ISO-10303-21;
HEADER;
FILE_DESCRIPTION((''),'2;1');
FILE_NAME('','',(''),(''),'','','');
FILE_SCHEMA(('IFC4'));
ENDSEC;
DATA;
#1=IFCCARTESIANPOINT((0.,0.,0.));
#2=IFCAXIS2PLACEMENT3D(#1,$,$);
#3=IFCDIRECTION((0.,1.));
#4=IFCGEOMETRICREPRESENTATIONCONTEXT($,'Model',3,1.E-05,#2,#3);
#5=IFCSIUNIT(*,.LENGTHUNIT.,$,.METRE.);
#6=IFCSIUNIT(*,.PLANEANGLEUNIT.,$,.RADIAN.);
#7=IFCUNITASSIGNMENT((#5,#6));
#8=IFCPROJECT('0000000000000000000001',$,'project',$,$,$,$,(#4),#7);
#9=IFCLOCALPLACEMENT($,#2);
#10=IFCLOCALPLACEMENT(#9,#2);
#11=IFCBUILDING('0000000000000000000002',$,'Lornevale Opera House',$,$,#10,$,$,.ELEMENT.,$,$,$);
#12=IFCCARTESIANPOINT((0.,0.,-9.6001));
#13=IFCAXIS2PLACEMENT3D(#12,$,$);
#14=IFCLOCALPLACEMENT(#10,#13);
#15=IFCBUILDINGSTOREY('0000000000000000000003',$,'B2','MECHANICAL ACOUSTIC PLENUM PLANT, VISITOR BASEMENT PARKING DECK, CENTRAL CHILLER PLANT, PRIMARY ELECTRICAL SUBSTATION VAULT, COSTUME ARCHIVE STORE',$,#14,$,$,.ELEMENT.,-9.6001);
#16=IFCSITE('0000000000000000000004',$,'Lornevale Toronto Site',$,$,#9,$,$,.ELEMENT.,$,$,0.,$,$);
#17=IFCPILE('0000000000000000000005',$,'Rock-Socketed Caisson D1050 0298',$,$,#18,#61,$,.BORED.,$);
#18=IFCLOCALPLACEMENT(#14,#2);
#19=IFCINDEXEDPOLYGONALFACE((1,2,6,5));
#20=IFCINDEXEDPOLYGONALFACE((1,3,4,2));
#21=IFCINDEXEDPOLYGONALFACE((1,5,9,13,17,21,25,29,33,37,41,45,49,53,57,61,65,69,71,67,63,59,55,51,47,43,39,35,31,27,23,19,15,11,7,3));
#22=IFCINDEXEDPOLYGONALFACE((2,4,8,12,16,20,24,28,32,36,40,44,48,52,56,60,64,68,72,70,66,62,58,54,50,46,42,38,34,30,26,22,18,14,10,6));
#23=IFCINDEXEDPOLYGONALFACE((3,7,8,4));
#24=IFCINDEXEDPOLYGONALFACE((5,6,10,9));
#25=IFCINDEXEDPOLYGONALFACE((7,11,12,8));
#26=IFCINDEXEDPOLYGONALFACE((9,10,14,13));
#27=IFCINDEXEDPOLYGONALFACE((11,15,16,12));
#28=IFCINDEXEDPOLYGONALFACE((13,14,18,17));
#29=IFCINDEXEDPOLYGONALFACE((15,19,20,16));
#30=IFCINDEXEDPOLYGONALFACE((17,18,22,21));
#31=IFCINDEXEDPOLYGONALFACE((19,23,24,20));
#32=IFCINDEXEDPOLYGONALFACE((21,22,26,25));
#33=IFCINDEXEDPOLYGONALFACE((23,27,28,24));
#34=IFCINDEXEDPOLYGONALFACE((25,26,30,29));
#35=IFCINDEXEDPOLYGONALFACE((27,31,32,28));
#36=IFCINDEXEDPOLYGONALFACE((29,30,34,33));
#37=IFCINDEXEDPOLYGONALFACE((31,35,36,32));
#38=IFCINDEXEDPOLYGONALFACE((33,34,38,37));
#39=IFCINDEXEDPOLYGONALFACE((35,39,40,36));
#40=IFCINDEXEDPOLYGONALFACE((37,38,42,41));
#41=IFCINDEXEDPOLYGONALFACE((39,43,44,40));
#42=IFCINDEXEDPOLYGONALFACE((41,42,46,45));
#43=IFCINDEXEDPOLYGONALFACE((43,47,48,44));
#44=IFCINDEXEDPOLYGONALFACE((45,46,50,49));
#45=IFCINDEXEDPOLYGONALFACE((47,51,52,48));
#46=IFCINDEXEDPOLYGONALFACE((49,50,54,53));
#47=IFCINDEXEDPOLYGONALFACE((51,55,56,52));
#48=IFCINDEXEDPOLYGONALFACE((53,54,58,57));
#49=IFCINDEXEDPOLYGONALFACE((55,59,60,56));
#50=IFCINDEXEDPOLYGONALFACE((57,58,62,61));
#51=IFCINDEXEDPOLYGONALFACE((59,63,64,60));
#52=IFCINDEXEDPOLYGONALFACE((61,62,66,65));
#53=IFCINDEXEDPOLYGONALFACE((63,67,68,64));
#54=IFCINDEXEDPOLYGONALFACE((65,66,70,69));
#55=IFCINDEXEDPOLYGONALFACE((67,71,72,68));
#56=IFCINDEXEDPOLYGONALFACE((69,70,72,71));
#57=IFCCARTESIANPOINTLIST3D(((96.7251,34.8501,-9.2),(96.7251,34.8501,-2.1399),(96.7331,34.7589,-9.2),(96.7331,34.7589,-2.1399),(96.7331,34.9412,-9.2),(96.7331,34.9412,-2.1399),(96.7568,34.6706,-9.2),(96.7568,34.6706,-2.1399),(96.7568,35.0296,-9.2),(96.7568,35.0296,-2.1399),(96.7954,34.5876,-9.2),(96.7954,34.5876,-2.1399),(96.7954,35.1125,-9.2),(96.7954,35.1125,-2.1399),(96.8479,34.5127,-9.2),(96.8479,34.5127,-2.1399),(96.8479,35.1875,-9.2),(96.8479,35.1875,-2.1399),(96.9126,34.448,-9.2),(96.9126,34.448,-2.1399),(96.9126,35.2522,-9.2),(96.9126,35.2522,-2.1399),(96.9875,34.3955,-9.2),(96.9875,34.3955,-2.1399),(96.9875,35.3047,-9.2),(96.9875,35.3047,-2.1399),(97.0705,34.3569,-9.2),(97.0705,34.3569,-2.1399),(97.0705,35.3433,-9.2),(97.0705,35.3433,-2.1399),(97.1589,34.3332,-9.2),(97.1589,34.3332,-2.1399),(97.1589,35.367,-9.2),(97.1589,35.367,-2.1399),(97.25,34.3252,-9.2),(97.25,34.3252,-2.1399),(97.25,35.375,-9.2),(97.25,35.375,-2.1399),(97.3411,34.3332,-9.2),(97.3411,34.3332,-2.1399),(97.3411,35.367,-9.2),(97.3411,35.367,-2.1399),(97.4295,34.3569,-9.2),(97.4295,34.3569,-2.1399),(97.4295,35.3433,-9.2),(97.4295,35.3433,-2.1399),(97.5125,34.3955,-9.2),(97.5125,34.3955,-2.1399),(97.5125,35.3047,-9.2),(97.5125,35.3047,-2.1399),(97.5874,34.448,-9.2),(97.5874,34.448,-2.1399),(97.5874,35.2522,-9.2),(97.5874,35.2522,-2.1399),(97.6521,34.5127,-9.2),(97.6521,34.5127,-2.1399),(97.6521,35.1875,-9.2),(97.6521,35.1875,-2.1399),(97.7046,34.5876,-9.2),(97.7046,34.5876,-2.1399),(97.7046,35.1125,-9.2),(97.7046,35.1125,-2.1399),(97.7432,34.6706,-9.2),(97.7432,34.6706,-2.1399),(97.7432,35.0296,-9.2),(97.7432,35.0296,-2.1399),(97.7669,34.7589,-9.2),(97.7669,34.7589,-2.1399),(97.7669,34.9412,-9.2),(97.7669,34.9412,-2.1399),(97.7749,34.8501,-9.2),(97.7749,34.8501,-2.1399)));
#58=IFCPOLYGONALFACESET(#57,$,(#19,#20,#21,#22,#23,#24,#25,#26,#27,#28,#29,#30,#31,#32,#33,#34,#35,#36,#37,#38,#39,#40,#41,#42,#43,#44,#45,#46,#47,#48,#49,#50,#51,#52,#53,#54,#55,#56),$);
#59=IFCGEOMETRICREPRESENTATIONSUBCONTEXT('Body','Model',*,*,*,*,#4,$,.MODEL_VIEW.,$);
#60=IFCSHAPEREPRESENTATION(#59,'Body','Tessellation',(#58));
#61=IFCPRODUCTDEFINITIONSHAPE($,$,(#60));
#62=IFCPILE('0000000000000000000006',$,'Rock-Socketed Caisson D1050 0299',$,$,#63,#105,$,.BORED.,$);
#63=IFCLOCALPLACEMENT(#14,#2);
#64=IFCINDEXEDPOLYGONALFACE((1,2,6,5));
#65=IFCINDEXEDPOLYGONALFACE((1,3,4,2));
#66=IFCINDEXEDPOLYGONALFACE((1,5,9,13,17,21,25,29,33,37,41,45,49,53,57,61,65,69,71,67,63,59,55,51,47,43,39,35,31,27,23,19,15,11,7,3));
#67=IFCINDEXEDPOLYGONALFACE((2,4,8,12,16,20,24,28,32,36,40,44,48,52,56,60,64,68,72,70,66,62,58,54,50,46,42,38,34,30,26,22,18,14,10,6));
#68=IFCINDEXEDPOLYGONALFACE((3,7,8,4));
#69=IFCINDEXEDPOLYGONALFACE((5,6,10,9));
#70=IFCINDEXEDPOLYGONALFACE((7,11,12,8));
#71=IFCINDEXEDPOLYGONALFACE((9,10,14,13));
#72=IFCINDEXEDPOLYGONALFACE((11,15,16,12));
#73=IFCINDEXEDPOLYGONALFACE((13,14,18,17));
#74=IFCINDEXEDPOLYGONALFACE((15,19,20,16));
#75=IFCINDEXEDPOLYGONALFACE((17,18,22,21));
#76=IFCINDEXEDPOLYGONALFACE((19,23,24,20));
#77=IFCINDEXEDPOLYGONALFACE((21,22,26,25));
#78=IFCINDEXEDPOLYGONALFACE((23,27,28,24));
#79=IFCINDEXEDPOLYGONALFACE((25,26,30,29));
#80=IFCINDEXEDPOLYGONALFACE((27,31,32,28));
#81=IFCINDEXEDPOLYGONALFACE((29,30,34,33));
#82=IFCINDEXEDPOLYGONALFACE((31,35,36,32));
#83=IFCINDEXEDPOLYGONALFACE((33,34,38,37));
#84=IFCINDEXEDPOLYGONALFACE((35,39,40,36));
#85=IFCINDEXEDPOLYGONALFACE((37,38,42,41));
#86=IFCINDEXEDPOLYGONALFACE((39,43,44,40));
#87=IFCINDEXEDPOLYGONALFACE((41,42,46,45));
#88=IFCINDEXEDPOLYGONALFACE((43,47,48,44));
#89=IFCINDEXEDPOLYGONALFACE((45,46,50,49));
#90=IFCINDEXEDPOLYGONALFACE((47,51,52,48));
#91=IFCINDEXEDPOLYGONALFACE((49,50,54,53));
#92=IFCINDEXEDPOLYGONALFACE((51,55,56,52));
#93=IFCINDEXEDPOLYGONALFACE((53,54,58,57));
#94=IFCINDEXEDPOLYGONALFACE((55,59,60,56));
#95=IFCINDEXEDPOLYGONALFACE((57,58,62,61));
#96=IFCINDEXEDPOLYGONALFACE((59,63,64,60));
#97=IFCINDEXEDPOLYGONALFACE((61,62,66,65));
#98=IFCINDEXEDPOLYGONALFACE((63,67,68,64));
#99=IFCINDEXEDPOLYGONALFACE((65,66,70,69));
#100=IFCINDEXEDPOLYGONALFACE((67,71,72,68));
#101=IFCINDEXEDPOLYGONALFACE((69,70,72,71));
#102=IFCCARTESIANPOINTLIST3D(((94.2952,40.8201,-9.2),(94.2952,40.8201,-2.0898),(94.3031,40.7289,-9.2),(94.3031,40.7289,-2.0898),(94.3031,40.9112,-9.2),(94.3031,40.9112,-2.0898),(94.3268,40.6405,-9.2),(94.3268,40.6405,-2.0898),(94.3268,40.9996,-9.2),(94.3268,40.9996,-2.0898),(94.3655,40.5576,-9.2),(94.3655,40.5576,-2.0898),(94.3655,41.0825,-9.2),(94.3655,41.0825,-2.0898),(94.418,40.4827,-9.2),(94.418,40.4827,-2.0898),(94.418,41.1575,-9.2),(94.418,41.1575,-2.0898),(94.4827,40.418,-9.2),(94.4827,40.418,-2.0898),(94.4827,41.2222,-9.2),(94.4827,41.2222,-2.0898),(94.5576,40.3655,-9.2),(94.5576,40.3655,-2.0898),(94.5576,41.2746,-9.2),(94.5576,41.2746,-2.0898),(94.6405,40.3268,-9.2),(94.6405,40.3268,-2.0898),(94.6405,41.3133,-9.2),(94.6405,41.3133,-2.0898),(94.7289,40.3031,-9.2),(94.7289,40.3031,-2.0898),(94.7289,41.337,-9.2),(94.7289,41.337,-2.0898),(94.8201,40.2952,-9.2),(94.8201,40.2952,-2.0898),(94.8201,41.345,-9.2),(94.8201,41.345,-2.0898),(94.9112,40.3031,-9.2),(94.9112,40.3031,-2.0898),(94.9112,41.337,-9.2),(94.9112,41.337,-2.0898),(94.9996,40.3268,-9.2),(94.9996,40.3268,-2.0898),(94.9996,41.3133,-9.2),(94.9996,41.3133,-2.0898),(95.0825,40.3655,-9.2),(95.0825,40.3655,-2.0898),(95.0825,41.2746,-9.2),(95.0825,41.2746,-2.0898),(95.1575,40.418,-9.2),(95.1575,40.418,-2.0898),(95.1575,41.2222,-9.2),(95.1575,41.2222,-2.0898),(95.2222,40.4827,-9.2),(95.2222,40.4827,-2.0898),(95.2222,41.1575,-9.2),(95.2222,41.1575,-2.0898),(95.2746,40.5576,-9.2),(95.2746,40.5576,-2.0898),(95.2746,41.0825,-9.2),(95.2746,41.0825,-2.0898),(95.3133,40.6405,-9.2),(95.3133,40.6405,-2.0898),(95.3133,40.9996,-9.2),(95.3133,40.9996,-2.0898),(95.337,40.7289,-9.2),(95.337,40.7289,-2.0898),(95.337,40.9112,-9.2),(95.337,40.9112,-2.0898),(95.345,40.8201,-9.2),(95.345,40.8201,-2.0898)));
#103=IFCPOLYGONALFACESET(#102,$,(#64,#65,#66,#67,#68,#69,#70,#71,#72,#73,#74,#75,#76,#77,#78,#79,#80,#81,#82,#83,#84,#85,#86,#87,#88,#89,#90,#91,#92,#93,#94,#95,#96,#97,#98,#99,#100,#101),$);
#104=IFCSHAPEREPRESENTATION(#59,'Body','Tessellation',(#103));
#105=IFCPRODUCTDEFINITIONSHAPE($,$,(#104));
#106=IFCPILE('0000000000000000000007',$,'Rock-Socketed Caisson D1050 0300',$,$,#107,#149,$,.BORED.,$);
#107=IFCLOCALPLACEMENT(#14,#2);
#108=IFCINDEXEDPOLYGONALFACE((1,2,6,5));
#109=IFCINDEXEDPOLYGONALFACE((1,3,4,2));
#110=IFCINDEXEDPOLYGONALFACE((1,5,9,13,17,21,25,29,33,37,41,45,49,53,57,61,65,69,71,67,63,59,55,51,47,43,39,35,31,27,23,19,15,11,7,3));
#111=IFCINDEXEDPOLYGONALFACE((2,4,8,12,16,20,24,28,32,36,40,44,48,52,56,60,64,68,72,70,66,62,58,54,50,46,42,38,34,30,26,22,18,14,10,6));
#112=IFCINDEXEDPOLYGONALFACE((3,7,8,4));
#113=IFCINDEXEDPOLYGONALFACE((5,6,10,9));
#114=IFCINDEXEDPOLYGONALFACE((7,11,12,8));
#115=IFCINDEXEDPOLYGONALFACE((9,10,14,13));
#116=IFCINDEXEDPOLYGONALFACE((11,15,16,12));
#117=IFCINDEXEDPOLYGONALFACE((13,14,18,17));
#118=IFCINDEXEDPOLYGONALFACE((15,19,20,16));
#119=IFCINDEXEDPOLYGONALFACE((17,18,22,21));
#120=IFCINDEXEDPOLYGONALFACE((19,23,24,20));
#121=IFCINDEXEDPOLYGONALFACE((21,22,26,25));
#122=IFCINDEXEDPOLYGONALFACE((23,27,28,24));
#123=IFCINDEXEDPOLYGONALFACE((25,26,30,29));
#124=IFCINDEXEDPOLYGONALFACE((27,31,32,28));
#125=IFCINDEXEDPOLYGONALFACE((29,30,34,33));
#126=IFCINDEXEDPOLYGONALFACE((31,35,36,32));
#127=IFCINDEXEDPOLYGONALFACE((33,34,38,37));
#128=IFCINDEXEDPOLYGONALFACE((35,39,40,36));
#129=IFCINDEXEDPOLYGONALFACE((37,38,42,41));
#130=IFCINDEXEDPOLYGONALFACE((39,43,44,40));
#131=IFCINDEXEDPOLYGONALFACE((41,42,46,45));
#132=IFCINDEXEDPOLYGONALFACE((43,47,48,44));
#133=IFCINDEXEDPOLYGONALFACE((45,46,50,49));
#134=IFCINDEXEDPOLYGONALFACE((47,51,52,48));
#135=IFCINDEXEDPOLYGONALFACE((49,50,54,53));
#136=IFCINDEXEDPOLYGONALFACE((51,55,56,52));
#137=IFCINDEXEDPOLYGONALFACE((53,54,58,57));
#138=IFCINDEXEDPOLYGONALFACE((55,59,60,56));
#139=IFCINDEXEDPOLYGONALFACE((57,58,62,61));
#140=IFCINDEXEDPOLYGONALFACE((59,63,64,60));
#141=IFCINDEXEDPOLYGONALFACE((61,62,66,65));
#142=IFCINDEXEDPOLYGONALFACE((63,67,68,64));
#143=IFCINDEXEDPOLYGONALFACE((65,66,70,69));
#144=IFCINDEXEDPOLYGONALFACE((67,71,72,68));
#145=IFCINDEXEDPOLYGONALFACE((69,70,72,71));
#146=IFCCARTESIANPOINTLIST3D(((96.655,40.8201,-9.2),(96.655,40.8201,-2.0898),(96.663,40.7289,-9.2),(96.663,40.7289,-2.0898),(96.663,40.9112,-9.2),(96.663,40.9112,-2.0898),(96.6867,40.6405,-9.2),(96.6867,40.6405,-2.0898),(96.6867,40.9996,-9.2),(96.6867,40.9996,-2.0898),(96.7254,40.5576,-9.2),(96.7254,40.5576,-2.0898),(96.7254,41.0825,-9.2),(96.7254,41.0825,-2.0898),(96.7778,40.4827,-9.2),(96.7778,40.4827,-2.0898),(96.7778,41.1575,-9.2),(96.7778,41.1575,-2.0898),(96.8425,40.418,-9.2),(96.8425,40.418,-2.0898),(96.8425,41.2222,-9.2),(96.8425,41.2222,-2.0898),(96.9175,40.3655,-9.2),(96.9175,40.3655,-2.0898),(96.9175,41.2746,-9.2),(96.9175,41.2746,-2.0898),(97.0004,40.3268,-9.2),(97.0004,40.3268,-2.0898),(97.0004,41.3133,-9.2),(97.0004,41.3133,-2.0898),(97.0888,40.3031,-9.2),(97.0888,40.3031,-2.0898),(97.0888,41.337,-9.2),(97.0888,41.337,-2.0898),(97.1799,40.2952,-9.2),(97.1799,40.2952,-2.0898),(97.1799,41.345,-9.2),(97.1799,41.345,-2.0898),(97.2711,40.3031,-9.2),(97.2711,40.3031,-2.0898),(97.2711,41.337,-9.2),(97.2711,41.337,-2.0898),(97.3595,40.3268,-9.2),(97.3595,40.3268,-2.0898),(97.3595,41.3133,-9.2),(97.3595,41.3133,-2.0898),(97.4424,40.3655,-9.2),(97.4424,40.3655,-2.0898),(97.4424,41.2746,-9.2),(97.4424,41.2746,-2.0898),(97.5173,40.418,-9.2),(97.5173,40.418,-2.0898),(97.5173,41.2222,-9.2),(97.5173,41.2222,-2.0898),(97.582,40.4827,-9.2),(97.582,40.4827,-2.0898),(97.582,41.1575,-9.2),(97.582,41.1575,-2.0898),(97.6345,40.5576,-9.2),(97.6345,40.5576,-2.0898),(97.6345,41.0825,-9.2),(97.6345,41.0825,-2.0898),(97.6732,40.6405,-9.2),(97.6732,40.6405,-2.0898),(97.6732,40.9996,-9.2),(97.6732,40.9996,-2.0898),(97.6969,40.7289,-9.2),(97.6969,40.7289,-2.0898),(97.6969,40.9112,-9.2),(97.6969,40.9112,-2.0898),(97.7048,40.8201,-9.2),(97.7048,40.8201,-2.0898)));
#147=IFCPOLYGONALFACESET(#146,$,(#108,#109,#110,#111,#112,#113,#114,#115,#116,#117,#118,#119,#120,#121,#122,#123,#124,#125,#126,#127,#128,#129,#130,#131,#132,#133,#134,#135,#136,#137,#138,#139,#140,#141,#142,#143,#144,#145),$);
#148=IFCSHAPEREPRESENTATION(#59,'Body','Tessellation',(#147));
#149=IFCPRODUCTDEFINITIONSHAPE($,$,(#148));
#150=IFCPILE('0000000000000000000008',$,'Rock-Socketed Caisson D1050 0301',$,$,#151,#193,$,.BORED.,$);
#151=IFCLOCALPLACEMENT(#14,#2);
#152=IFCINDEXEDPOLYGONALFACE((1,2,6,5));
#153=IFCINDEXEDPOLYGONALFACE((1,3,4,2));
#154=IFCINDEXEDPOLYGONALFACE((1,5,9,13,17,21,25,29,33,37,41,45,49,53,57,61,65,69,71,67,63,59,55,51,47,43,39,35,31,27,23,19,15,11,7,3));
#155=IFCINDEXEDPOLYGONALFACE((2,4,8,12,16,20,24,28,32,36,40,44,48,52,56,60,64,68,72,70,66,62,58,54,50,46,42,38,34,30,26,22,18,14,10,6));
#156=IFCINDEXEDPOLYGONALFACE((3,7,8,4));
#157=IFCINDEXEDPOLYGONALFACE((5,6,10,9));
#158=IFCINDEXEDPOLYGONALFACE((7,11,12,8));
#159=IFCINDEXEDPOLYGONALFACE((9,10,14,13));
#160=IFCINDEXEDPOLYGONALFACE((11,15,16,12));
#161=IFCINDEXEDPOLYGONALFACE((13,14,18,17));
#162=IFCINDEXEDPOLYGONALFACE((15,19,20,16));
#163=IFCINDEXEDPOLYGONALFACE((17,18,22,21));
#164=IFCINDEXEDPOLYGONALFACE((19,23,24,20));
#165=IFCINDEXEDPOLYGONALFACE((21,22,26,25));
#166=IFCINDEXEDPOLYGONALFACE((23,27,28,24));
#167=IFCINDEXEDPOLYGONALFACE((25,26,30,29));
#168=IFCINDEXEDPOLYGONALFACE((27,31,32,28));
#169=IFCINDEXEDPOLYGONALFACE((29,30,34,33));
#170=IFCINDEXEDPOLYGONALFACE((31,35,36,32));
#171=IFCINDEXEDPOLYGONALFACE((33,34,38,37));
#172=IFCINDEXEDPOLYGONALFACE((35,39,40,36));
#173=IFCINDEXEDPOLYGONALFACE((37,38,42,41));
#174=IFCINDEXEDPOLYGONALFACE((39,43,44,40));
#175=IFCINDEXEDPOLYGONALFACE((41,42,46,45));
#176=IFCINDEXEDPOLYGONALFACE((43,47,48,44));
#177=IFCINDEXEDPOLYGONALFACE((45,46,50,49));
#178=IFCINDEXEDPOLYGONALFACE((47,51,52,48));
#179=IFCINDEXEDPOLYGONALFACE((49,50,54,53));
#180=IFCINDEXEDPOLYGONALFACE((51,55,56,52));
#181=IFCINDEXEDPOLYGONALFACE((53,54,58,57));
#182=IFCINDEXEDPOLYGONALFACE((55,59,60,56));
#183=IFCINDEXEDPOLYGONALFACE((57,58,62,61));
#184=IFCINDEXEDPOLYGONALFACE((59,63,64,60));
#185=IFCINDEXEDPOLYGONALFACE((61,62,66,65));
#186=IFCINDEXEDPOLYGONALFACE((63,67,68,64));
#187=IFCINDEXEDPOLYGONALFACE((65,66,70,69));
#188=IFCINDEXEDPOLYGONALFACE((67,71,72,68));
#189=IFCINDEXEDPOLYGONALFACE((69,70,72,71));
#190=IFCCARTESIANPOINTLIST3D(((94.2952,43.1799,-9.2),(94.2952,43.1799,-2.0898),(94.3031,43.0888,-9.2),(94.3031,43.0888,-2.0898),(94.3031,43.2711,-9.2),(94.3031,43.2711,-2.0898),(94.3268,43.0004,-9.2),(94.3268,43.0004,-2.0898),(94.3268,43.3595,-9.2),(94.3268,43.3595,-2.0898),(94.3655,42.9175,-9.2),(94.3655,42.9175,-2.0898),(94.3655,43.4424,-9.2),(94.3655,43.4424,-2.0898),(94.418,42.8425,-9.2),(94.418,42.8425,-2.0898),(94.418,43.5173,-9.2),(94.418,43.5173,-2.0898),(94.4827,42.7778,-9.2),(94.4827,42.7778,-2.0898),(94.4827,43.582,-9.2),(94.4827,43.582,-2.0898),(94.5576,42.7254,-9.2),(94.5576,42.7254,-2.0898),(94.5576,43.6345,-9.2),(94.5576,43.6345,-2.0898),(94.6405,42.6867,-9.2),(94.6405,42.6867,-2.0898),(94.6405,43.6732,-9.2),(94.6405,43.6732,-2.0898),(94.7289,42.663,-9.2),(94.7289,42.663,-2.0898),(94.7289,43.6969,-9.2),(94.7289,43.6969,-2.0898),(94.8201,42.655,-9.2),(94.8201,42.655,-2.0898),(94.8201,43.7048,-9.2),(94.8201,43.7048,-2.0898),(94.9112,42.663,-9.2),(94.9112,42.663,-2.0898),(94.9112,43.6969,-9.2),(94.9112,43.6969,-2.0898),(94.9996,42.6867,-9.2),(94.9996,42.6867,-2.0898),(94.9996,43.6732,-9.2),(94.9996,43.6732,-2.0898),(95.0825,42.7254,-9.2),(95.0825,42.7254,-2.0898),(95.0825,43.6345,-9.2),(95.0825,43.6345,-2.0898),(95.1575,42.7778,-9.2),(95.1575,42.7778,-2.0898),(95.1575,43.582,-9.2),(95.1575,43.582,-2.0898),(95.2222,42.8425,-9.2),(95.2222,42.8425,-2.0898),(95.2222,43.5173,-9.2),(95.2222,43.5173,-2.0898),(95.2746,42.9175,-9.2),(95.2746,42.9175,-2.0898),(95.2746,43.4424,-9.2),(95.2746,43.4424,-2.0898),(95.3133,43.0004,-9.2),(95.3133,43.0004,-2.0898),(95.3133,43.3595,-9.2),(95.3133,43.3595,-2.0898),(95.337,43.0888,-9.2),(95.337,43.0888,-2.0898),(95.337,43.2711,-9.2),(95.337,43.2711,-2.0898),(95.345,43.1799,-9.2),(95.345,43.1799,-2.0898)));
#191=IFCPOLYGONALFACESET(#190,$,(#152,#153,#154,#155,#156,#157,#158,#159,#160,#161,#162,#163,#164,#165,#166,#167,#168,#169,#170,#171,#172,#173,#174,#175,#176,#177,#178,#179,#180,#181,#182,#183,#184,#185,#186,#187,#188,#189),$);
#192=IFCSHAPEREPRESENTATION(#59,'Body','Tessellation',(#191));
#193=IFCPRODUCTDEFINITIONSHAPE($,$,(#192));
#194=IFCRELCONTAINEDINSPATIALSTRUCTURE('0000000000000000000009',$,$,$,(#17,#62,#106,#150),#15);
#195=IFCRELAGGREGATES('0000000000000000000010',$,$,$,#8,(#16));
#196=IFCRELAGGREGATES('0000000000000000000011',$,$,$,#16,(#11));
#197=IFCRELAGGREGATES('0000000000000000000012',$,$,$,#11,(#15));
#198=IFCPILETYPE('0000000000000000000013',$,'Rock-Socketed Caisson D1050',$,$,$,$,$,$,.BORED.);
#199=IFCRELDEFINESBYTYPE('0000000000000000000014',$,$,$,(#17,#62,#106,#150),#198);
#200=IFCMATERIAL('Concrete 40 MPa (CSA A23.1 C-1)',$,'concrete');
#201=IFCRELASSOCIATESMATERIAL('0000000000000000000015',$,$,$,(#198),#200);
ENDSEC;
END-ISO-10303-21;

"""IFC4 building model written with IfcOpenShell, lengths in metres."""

from ifc_helpers import new_model, si_unit, direction, frame, origin, origin_2d, place, context, subcontext, project, spatial, circle, extrude, material, material_profile, profile_set, type_object, element, save


model = new_model("IFC4")

# Units and contexts
model_context = context("Model", 3, precision=1e-05, world=origin(), true_north=direction((0.0, 1.0)))
body_context = subcontext(model_context, "Body", "Model", "MODEL_VIEW")
ifc_project = project(units=[si_unit("LENGTHUNIT", "METRE"), si_unit("PLANEANGLEUNIT", "RADIAN")], contexts=[model_context])

# Site, building, storey
site_placement = place(None, origin())
site = spatial("IfcSite", under=ifc_project, at=site_placement, Name="Lornevale Toronto Site", CompositionType="ELEMENT", RefElevation=0.0)
building_placement = place(site_placement, origin())
building = spatial("IfcBuilding", under=site, at=building_placement, Name="Lornevale Opera House", CompositionType="ELEMENT")
storey_placement = place(building_placement, frame((0.0, 0.0, -9.6001)))
storey = spatial("IfcBuildingStorey", under=building, at=storey_placement, Name="B2", Description="MECHANICAL ACOUSTIC PLENUM PLANT, VISITOR BASEMENT PARKING DECK, CENTRAL CHILLER PLANT, PRIMARY ELECTRICAL SUBSTATION VAULT, COSTUME ARCHIVE STORE", CompositionType="ELEMENT", Elevation=-9.6001)

# Piles
ifc_material_1 = material(Name="Concrete 40 MPa (CSA A23.1 C-1)", Category="concrete")
ifc_material_profile_1 = material_profile(ifc_material_1, circle(Radius=0.5249, at=origin_2d()), Name="CAIS1050")
ifc_profile_set_1 = profile_set([ifc_material_profile_1], Name="Concrete 40 MPa (CSA A23.1 C-1)")
pile_type_1 = type_object("IfcPileType", Name="Rock-Socketed Caisson D1050", PredefinedType="BORED", material=ifc_profile_set_1)
for number, where, z_axis, x_axis, name in (
    (1, (97.25, 34.8501, -2.1399), (0.0, 0.0, -1.0), (1.0, 0.0, 0.0), "Rock-Socketed Caisson D1050 0298"),
):
    element("IfcPile", number, at=place(storey_placement, frame(where, z_axis=z_axis, x_axis=x_axis)), inside=storey, type_object=pile_type_1, Name=name, PredefinedType="BORED", context=body_context, shape_type="SweptSolid", body=[
        extrude(circle(Radius=0.5249, at=origin_2d()), origin(), (0.0, 0.0, 1.0), 7.0601),
    ])
for number, where, z_axis, x_axis, name in (
    (2, (94.8201, 40.8201, -2.0898), (0.0, 0.0, -1.0), (1.0, 0.0, 0.0), "Rock-Socketed Caisson D1050 0299"),
    (3, (97.1799, 40.8201, -2.0898), (0.0, 0.0, -1.0), (1.0, 0.0, 0.0), "Rock-Socketed Caisson D1050 0300"),
    (4, (94.8201, 43.1799, -2.0898), (0.0, 0.0, -1.0), (1.0, 0.0, 0.0), "Rock-Socketed Caisson D1050 0301"),
):
    element("IfcPile", number, at=place(storey_placement, frame(where, z_axis=z_axis, x_axis=x_axis)), inside=storey, type_object=pile_type_1, Name=name, PredefinedType="BORED", context=body_context, shape_type="SweptSolid", body=[
        extrude(circle(Radius=0.5249, at=origin_2d()), origin(), (0.0, 0.0, 1.0), 7.1101),
    ])

save(model, "model.ifc")
